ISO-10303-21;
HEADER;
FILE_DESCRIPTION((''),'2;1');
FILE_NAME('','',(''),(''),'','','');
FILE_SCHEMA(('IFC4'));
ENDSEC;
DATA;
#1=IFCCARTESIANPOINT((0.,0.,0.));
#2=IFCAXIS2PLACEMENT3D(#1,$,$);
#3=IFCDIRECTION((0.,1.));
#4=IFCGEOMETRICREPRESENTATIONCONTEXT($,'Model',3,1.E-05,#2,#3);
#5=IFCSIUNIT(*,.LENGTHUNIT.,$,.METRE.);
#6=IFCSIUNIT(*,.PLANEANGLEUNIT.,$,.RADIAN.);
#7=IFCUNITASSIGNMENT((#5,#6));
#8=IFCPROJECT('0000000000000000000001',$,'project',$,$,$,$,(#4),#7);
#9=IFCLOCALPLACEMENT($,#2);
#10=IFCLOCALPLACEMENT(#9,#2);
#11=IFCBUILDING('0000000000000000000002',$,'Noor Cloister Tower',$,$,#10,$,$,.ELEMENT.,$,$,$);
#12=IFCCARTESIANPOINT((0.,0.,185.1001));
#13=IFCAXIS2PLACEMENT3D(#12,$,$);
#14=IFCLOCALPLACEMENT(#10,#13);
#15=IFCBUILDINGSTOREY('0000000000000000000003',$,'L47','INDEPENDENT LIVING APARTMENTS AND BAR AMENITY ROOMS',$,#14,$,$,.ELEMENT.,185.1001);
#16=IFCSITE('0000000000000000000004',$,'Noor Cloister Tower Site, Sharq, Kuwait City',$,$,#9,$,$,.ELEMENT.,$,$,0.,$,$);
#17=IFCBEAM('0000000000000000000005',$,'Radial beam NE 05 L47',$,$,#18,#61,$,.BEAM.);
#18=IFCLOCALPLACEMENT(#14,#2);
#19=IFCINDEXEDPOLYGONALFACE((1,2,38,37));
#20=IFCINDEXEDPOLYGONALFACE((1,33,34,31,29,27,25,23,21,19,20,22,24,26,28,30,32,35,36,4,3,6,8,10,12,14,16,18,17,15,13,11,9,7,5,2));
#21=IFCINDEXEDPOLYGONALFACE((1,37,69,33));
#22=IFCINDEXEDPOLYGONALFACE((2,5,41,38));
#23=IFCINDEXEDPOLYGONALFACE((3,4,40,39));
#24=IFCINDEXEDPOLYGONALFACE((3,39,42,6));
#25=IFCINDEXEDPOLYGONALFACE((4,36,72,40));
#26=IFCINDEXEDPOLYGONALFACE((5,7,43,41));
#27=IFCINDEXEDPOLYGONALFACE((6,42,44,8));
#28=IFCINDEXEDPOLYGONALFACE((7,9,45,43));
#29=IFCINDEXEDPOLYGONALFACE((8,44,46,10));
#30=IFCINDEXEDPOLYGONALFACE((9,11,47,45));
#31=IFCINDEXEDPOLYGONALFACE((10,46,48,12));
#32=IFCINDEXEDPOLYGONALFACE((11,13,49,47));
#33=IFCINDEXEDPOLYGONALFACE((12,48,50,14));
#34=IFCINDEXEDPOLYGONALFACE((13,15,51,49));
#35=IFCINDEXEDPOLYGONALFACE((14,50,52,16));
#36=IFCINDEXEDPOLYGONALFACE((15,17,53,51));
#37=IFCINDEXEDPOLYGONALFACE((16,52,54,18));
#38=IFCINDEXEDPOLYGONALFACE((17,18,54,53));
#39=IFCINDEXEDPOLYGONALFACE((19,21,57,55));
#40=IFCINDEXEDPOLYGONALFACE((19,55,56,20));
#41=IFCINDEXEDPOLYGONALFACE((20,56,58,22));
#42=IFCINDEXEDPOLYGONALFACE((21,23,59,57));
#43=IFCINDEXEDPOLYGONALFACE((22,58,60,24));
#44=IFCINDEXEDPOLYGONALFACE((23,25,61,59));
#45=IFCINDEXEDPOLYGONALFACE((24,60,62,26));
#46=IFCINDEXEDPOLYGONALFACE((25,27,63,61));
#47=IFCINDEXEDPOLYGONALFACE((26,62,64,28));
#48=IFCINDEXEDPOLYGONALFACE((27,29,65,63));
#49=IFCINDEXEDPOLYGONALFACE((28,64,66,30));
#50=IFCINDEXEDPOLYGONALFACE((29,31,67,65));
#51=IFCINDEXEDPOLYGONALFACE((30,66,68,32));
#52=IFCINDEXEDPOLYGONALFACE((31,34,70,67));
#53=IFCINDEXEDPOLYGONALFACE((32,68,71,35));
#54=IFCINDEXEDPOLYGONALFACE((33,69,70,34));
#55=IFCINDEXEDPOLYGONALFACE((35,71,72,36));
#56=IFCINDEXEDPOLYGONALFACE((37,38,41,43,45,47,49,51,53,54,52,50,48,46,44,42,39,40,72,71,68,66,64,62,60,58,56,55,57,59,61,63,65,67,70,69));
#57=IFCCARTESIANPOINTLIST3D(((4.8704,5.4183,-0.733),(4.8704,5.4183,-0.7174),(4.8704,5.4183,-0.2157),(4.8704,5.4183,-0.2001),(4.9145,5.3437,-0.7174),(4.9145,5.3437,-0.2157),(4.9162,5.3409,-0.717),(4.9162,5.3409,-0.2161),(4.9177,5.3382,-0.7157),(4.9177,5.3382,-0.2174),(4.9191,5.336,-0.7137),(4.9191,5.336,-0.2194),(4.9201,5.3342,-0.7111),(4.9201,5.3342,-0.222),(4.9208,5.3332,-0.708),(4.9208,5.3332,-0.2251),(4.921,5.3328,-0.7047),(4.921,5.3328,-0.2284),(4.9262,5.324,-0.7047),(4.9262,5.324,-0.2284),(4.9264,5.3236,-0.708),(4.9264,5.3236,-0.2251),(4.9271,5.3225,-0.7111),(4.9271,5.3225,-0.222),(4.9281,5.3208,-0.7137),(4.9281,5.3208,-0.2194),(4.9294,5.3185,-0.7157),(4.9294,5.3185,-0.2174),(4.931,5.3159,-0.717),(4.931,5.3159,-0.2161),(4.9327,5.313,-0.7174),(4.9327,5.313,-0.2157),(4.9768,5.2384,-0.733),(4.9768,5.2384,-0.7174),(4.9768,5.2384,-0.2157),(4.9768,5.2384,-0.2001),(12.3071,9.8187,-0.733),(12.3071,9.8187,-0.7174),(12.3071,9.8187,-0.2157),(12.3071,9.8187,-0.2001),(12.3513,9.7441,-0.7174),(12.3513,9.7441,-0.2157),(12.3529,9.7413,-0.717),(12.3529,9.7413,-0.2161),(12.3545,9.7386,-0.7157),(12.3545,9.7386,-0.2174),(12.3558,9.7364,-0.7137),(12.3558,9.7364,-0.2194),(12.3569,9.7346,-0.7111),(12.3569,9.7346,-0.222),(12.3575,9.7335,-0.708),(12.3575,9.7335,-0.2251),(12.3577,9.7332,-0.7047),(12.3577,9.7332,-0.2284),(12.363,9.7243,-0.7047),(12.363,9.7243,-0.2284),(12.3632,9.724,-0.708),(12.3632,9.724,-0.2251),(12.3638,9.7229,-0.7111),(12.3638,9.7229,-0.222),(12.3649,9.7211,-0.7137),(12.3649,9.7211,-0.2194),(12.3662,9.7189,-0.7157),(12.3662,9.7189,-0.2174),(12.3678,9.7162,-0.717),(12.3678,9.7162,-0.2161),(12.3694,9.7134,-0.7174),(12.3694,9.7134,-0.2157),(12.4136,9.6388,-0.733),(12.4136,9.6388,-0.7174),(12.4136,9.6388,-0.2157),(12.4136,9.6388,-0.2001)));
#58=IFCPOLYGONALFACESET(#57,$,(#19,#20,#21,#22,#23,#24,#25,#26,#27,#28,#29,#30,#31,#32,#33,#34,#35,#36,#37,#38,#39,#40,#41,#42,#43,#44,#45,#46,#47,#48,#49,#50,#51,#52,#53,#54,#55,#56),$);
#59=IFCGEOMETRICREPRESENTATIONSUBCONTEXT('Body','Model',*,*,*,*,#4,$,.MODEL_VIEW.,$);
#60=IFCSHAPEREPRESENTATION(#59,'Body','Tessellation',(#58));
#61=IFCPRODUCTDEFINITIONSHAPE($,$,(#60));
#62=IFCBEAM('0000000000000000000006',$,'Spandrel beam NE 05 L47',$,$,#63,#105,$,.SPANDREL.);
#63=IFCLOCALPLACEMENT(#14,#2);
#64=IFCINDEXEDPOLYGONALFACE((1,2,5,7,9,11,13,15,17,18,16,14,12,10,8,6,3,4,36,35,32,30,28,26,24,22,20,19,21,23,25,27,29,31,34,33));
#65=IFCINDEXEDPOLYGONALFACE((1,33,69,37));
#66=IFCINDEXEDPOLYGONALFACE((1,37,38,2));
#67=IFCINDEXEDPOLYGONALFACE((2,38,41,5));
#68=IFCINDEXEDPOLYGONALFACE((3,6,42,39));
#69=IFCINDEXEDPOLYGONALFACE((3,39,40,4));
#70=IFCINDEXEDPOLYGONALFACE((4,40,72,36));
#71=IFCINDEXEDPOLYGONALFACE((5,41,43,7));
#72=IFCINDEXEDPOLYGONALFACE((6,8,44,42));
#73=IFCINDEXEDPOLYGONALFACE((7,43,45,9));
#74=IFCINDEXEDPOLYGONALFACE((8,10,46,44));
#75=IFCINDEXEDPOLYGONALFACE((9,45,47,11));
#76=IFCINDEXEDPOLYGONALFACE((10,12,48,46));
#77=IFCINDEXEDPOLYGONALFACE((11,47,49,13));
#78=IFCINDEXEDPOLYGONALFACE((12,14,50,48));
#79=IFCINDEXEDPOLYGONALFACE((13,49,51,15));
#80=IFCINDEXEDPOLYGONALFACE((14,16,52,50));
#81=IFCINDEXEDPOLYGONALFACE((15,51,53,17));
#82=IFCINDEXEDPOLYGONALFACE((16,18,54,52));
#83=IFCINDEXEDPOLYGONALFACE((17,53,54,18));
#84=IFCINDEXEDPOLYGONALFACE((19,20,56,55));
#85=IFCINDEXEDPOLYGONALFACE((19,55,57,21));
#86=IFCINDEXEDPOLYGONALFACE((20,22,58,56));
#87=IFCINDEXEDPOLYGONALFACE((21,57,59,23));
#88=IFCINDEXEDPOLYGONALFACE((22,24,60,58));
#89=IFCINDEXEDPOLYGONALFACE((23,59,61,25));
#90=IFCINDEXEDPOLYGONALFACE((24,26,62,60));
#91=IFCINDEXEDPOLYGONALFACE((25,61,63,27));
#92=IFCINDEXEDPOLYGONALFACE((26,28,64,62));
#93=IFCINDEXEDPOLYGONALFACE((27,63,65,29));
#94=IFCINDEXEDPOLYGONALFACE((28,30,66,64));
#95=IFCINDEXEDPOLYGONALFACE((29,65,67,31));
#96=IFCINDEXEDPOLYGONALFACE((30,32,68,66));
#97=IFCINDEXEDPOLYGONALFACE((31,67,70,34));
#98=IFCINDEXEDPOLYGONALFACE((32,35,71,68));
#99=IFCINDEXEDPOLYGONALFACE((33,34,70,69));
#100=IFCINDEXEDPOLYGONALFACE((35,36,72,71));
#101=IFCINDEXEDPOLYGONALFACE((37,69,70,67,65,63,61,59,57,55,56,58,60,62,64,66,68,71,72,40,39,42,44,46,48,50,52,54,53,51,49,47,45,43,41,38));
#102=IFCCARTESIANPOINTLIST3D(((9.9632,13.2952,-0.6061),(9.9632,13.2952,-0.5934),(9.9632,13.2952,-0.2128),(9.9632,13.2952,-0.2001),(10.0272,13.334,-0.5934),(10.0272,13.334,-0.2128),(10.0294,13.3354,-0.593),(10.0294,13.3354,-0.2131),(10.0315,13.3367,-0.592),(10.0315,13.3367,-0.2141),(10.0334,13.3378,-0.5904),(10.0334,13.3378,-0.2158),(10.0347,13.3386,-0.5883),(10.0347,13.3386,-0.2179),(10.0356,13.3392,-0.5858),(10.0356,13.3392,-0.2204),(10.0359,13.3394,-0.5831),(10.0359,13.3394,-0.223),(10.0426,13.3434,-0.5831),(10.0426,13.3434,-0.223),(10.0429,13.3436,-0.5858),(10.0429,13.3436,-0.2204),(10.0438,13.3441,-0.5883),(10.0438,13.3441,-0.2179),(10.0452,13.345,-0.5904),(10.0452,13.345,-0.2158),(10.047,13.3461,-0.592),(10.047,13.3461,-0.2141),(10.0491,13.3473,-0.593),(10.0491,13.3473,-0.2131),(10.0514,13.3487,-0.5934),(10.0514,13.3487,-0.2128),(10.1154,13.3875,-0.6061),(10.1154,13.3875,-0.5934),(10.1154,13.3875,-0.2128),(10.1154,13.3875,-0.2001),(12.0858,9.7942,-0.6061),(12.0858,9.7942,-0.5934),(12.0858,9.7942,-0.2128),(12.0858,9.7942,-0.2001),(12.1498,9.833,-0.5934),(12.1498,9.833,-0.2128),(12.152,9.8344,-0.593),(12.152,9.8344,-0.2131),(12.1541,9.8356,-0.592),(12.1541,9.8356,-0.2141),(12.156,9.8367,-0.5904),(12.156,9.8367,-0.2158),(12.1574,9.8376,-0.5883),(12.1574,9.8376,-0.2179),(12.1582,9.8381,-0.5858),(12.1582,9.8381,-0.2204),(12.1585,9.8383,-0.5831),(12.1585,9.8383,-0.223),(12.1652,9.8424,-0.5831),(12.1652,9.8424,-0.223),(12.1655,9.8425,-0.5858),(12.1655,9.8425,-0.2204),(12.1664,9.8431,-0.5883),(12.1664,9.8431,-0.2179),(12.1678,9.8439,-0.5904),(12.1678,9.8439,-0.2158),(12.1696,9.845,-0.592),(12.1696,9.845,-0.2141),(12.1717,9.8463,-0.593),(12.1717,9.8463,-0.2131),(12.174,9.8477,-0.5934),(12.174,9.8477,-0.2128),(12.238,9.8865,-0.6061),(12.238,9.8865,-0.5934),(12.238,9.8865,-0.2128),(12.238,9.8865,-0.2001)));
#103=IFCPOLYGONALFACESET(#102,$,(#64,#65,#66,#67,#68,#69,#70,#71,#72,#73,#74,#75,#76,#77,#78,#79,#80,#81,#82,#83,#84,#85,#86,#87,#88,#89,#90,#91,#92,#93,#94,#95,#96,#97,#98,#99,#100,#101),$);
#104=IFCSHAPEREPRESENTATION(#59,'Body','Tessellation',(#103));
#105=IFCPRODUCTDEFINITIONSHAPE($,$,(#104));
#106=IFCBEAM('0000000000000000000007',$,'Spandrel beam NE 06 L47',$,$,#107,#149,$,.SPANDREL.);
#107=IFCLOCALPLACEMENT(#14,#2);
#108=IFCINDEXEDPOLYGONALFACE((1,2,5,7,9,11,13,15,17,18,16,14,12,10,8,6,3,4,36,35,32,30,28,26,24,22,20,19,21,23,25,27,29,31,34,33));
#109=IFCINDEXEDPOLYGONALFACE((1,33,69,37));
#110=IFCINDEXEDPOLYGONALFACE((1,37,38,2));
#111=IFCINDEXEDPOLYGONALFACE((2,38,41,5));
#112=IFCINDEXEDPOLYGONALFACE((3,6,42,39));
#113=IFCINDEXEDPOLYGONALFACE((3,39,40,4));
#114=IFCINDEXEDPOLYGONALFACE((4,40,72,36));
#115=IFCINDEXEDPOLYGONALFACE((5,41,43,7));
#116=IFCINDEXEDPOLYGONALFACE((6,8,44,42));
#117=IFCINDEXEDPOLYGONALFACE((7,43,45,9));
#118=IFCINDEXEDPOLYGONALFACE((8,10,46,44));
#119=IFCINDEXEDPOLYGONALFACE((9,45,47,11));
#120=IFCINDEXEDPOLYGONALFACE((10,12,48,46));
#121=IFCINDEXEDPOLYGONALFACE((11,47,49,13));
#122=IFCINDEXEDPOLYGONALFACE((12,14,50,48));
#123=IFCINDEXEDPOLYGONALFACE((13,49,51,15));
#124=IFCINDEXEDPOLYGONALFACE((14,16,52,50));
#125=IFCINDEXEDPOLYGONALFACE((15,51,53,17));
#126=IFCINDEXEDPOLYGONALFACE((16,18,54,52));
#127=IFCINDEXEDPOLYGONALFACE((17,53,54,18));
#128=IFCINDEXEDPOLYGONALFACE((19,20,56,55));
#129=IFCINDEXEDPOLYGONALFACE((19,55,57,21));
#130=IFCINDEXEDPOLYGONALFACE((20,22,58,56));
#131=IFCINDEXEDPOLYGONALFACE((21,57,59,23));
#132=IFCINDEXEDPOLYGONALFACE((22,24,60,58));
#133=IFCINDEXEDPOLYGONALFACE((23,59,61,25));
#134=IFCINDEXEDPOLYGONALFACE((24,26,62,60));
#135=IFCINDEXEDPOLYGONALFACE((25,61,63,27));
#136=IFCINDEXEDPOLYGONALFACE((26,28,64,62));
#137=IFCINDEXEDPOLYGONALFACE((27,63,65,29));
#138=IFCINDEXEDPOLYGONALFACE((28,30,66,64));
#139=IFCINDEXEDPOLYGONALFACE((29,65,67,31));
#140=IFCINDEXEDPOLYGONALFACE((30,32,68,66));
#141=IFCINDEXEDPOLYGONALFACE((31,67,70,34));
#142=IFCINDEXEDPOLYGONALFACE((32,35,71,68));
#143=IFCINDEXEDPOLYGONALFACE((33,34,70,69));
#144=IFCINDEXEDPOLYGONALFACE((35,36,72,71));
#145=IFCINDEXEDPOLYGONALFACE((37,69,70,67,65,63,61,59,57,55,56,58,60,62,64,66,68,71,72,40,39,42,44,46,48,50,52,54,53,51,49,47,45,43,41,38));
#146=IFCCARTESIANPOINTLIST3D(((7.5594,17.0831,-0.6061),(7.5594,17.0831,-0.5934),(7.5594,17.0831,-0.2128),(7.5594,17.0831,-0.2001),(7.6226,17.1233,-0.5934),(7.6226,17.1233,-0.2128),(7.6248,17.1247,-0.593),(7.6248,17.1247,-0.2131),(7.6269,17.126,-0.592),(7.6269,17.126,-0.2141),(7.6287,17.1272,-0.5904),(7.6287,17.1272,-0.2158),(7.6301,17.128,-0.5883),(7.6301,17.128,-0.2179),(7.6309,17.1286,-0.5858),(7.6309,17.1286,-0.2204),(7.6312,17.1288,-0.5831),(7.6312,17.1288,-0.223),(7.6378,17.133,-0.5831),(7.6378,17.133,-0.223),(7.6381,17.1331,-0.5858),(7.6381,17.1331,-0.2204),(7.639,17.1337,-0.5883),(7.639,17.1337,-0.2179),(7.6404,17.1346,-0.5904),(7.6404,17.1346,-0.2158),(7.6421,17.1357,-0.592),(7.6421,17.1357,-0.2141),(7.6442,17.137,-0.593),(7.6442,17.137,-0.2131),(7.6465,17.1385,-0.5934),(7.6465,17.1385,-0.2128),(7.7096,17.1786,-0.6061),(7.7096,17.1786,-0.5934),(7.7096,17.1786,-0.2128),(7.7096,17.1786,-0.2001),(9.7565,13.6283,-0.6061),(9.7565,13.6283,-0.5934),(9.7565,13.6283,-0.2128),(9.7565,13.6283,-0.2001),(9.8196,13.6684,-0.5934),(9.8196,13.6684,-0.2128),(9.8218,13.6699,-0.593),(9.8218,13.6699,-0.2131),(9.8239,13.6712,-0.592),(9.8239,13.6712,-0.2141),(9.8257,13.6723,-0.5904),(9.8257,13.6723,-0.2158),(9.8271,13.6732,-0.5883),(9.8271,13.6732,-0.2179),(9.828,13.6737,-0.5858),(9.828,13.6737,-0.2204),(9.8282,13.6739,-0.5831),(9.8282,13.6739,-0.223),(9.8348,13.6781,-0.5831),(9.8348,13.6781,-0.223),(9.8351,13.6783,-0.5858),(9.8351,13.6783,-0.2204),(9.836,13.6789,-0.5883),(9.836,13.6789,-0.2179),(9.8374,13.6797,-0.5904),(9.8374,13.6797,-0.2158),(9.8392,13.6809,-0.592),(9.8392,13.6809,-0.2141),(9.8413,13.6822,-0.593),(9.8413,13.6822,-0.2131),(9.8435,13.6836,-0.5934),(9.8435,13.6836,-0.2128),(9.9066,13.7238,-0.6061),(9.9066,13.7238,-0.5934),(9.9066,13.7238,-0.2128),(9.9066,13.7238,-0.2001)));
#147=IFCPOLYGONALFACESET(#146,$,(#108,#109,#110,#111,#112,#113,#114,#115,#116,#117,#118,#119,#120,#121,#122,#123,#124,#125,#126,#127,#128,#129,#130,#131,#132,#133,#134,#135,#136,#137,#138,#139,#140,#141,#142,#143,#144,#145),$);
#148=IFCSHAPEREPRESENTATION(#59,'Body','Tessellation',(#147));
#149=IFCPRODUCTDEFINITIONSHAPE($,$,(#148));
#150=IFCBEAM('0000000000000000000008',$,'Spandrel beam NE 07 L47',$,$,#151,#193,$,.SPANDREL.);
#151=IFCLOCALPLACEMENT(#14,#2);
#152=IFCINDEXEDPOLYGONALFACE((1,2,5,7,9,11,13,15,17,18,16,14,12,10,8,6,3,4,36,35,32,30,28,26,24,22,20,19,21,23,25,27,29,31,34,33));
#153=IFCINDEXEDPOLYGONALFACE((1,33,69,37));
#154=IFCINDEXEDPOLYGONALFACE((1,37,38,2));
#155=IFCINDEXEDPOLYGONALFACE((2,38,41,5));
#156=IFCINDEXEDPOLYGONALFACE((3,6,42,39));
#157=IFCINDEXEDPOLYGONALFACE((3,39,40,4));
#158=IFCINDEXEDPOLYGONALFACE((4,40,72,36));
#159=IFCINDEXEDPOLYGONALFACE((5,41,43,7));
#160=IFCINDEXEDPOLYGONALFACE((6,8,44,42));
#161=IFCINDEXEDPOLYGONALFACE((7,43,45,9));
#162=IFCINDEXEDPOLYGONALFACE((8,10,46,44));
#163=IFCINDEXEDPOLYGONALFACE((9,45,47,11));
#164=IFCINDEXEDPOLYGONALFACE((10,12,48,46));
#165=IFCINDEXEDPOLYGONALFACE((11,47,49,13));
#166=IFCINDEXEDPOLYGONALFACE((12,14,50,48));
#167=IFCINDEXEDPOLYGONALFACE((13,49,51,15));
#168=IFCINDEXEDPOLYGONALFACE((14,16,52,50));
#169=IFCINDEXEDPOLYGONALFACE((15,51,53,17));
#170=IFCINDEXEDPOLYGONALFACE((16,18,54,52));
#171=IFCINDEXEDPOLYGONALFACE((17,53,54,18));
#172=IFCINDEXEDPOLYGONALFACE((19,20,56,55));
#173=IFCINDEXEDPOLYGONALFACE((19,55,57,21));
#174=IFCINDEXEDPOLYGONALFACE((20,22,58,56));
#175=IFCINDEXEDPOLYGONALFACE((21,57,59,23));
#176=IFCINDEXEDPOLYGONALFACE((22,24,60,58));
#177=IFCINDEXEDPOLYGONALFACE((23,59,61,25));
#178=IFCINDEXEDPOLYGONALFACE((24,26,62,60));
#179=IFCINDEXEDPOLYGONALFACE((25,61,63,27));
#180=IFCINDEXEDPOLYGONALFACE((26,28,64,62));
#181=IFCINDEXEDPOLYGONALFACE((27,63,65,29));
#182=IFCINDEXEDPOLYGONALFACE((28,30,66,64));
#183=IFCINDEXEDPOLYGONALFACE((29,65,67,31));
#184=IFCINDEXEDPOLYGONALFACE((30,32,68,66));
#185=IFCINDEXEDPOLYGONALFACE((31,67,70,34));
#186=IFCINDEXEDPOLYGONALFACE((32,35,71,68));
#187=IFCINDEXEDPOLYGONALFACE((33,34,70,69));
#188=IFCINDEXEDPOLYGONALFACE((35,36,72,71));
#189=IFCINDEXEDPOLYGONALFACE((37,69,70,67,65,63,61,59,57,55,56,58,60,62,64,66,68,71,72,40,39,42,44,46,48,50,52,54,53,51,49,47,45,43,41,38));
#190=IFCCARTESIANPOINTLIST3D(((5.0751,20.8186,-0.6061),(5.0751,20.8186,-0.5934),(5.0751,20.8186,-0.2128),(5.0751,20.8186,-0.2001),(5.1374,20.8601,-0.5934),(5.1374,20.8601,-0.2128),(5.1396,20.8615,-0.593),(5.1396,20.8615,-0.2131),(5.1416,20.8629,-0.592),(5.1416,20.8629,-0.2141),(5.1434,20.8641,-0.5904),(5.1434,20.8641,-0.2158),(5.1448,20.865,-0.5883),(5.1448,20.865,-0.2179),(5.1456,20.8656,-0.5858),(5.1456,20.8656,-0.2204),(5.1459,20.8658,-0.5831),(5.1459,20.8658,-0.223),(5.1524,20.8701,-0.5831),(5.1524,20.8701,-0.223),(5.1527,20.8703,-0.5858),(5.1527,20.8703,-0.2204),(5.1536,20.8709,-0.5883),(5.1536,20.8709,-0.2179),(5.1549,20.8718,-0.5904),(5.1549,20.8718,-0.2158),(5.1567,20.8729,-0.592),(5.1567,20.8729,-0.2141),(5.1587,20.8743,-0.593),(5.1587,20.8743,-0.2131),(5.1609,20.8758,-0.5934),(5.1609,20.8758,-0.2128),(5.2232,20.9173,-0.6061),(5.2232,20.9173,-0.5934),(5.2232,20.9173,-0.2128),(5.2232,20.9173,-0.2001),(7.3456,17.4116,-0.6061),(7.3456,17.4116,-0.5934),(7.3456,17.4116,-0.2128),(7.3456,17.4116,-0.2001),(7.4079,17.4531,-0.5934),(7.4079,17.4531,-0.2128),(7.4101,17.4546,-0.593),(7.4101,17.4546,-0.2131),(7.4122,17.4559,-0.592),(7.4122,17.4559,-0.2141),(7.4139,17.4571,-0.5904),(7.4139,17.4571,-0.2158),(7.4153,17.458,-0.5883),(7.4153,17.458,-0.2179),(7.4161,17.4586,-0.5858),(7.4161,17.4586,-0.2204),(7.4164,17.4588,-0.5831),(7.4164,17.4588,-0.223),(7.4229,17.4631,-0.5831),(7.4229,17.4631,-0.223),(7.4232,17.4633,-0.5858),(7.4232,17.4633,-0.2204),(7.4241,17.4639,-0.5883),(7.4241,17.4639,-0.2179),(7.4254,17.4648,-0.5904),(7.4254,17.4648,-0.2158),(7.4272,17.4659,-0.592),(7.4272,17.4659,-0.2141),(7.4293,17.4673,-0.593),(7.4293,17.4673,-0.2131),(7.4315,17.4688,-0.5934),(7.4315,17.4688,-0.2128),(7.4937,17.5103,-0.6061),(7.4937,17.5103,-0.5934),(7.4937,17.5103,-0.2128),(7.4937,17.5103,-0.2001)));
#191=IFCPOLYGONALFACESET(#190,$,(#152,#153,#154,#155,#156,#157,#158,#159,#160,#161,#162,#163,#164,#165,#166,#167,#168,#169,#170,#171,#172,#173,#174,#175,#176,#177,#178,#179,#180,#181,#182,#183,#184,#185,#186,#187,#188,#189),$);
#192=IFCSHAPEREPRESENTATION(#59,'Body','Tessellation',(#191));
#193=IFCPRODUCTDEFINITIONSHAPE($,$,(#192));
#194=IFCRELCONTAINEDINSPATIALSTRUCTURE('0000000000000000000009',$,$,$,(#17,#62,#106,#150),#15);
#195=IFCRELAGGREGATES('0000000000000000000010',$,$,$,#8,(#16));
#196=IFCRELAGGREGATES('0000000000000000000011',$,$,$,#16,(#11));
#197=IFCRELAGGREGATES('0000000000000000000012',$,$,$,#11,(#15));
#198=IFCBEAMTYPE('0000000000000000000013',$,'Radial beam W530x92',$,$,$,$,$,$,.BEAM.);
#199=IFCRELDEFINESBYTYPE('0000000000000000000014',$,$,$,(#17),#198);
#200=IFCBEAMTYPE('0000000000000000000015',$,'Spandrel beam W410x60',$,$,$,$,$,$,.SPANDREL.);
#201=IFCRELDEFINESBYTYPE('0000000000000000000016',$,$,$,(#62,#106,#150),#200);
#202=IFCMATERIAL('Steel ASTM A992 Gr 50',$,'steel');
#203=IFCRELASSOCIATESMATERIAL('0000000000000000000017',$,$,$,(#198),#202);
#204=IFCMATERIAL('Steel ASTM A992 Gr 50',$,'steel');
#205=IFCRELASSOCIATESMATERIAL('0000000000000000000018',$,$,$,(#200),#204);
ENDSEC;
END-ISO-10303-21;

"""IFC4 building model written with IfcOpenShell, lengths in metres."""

from ifc_helpers import new_model, si_unit, direction, frame, origin, origin_2d, place, context, subcontext, project, spatial, i_section, extrude, material, material_profile, profile_set, type_object, element, save


model = new_model("IFC4")

# Units and contexts
model_context = context("Model", 3, precision=1e-05, world=origin(), true_north=direction((0.0, 1.0)))
body_context = subcontext(model_context, "Body", "Model", "MODEL_VIEW")
ifc_project = project(units=[si_unit("LENGTHUNIT", "METRE"), si_unit("PLANEANGLEUNIT", "RADIAN")], contexts=[model_context])

# Site, building, storey
site_placement = place(None, origin())
site = spatial("IfcSite", under=ifc_project, at=site_placement, Name="Noor Cloister Tower Site, Sharq, Kuwait City", CompositionType="ELEMENT", RefElevation=0.0)
building_placement = place(site_placement, origin())
building = spatial("IfcBuilding", under=site, at=building_placement, Name="Noor Cloister Tower", CompositionType="ELEMENT")
storey_placement = place(building_placement, frame((0.0, 0.0, 185.1001)))
storey = spatial("IfcBuildingStorey", under=building, at=storey_placement, Name="L47", Description="INDEPENDENT LIVING APARTMENTS AND BAR AMENITY ROOMS", CompositionType="ELEMENT", Elevation=185.1001)

# Beams
ifc_material_1 = material(Name="Steel ASTM A992 Gr 50", Category="steel")
ifc_material_profile_1 = material_profile(ifc_material_1, i_section(OverallWidth=0.209, OverallDepth=0.533, WebThickness=0.0103, FlangeThickness=0.0156, FilletRadius=0.0127, at=origin_2d()), Name="W530x92")
ifc_profile_set_1 = profile_set([ifc_material_profile_1], Name="Steel ASTM A992 Gr 50")
beam_type_1 = type_object("IfcBeamType", Name="Radial beam W530x92", PredefinedType="BEAM", material=ifc_profile_set_1)
beam_1_placement = place(storey_placement, frame((12.3604, 9.7288, -0.4666), z_axis=(-0.860625, -0.509238, 0.0), x_axis=(0.509238, -0.860625, 0.0)))
element("IfcBeam", 1, at=beam_1_placement, inside=storey, type_object=beam_type_1, Name="Radial beam NE 05 L47", PredefinedType="BEAM", context=body_context, shape_type="SweptSolid", body=[
    extrude(i_section(OverallWidth=0.209, OverallDepth=0.533, WebThickness=0.0103, FlangeThickness=0.0156, FilletRadius=0.0127, at=origin_2d()), origin(), (0.0, 0.0, 1.0), 8.6411),
])
ifc_material_2 = material(Name="Steel ASTM A992 Gr 50", Category="steel")
ifc_material_profile_2 = material_profile(ifc_material_2, i_section(OverallWidth=0.178, OverallDepth=0.406, WebThickness=0.0078, FlangeThickness=0.0127, FilletRadius=0.0103, at=origin_2d()), Name="W410x60")
ifc_profile_set_2 = profile_set([ifc_material_profile_2], Name="Steel ASTM A992 Gr 50")
beam_type_2 = type_object("IfcBeamType", Name="Spandrel beam W410x60", PredefinedType="SPANDREL", material=ifc_profile_set_2)
for number, where, z_axis, x_axis, name in (
    (2, (12.1619, 9.8403, -0.4031), (-0.518437, 0.855116, 0.0), (-0.855116, -0.518437, 0.0), "Spandrel beam NE 05 L47"),
    (3, (9.8315, 13.676, -0.4031), (-0.536613, 0.843828, 0.0), (-0.843828, -0.536613, 0.0), "Spandrel beam NE 06 L47"),
    (4, (7.4197, 17.4609, -0.4031), (-0.554563, 0.832142, 0.0), (-0.832142, -0.554563, 0.0), "Spandrel beam NE 07 L47"),
):
    element("IfcBeam", number, at=place(storey_placement, frame(where, z_axis=z_axis, x_axis=x_axis)), inside=storey, type_object=beam_type_2, Name=name, PredefinedType="SPANDREL", context=body_context, shape_type="SweptSolid", body=[
        extrude(i_section(OverallWidth=0.178, OverallDepth=0.406, WebThickness=0.0078, FlangeThickness=0.0127, FilletRadius=0.0103, at=origin_2d()), origin(), (0.0, 0.0, 1.0), 4.0942),
    ])

save(model, "model.ifc")
